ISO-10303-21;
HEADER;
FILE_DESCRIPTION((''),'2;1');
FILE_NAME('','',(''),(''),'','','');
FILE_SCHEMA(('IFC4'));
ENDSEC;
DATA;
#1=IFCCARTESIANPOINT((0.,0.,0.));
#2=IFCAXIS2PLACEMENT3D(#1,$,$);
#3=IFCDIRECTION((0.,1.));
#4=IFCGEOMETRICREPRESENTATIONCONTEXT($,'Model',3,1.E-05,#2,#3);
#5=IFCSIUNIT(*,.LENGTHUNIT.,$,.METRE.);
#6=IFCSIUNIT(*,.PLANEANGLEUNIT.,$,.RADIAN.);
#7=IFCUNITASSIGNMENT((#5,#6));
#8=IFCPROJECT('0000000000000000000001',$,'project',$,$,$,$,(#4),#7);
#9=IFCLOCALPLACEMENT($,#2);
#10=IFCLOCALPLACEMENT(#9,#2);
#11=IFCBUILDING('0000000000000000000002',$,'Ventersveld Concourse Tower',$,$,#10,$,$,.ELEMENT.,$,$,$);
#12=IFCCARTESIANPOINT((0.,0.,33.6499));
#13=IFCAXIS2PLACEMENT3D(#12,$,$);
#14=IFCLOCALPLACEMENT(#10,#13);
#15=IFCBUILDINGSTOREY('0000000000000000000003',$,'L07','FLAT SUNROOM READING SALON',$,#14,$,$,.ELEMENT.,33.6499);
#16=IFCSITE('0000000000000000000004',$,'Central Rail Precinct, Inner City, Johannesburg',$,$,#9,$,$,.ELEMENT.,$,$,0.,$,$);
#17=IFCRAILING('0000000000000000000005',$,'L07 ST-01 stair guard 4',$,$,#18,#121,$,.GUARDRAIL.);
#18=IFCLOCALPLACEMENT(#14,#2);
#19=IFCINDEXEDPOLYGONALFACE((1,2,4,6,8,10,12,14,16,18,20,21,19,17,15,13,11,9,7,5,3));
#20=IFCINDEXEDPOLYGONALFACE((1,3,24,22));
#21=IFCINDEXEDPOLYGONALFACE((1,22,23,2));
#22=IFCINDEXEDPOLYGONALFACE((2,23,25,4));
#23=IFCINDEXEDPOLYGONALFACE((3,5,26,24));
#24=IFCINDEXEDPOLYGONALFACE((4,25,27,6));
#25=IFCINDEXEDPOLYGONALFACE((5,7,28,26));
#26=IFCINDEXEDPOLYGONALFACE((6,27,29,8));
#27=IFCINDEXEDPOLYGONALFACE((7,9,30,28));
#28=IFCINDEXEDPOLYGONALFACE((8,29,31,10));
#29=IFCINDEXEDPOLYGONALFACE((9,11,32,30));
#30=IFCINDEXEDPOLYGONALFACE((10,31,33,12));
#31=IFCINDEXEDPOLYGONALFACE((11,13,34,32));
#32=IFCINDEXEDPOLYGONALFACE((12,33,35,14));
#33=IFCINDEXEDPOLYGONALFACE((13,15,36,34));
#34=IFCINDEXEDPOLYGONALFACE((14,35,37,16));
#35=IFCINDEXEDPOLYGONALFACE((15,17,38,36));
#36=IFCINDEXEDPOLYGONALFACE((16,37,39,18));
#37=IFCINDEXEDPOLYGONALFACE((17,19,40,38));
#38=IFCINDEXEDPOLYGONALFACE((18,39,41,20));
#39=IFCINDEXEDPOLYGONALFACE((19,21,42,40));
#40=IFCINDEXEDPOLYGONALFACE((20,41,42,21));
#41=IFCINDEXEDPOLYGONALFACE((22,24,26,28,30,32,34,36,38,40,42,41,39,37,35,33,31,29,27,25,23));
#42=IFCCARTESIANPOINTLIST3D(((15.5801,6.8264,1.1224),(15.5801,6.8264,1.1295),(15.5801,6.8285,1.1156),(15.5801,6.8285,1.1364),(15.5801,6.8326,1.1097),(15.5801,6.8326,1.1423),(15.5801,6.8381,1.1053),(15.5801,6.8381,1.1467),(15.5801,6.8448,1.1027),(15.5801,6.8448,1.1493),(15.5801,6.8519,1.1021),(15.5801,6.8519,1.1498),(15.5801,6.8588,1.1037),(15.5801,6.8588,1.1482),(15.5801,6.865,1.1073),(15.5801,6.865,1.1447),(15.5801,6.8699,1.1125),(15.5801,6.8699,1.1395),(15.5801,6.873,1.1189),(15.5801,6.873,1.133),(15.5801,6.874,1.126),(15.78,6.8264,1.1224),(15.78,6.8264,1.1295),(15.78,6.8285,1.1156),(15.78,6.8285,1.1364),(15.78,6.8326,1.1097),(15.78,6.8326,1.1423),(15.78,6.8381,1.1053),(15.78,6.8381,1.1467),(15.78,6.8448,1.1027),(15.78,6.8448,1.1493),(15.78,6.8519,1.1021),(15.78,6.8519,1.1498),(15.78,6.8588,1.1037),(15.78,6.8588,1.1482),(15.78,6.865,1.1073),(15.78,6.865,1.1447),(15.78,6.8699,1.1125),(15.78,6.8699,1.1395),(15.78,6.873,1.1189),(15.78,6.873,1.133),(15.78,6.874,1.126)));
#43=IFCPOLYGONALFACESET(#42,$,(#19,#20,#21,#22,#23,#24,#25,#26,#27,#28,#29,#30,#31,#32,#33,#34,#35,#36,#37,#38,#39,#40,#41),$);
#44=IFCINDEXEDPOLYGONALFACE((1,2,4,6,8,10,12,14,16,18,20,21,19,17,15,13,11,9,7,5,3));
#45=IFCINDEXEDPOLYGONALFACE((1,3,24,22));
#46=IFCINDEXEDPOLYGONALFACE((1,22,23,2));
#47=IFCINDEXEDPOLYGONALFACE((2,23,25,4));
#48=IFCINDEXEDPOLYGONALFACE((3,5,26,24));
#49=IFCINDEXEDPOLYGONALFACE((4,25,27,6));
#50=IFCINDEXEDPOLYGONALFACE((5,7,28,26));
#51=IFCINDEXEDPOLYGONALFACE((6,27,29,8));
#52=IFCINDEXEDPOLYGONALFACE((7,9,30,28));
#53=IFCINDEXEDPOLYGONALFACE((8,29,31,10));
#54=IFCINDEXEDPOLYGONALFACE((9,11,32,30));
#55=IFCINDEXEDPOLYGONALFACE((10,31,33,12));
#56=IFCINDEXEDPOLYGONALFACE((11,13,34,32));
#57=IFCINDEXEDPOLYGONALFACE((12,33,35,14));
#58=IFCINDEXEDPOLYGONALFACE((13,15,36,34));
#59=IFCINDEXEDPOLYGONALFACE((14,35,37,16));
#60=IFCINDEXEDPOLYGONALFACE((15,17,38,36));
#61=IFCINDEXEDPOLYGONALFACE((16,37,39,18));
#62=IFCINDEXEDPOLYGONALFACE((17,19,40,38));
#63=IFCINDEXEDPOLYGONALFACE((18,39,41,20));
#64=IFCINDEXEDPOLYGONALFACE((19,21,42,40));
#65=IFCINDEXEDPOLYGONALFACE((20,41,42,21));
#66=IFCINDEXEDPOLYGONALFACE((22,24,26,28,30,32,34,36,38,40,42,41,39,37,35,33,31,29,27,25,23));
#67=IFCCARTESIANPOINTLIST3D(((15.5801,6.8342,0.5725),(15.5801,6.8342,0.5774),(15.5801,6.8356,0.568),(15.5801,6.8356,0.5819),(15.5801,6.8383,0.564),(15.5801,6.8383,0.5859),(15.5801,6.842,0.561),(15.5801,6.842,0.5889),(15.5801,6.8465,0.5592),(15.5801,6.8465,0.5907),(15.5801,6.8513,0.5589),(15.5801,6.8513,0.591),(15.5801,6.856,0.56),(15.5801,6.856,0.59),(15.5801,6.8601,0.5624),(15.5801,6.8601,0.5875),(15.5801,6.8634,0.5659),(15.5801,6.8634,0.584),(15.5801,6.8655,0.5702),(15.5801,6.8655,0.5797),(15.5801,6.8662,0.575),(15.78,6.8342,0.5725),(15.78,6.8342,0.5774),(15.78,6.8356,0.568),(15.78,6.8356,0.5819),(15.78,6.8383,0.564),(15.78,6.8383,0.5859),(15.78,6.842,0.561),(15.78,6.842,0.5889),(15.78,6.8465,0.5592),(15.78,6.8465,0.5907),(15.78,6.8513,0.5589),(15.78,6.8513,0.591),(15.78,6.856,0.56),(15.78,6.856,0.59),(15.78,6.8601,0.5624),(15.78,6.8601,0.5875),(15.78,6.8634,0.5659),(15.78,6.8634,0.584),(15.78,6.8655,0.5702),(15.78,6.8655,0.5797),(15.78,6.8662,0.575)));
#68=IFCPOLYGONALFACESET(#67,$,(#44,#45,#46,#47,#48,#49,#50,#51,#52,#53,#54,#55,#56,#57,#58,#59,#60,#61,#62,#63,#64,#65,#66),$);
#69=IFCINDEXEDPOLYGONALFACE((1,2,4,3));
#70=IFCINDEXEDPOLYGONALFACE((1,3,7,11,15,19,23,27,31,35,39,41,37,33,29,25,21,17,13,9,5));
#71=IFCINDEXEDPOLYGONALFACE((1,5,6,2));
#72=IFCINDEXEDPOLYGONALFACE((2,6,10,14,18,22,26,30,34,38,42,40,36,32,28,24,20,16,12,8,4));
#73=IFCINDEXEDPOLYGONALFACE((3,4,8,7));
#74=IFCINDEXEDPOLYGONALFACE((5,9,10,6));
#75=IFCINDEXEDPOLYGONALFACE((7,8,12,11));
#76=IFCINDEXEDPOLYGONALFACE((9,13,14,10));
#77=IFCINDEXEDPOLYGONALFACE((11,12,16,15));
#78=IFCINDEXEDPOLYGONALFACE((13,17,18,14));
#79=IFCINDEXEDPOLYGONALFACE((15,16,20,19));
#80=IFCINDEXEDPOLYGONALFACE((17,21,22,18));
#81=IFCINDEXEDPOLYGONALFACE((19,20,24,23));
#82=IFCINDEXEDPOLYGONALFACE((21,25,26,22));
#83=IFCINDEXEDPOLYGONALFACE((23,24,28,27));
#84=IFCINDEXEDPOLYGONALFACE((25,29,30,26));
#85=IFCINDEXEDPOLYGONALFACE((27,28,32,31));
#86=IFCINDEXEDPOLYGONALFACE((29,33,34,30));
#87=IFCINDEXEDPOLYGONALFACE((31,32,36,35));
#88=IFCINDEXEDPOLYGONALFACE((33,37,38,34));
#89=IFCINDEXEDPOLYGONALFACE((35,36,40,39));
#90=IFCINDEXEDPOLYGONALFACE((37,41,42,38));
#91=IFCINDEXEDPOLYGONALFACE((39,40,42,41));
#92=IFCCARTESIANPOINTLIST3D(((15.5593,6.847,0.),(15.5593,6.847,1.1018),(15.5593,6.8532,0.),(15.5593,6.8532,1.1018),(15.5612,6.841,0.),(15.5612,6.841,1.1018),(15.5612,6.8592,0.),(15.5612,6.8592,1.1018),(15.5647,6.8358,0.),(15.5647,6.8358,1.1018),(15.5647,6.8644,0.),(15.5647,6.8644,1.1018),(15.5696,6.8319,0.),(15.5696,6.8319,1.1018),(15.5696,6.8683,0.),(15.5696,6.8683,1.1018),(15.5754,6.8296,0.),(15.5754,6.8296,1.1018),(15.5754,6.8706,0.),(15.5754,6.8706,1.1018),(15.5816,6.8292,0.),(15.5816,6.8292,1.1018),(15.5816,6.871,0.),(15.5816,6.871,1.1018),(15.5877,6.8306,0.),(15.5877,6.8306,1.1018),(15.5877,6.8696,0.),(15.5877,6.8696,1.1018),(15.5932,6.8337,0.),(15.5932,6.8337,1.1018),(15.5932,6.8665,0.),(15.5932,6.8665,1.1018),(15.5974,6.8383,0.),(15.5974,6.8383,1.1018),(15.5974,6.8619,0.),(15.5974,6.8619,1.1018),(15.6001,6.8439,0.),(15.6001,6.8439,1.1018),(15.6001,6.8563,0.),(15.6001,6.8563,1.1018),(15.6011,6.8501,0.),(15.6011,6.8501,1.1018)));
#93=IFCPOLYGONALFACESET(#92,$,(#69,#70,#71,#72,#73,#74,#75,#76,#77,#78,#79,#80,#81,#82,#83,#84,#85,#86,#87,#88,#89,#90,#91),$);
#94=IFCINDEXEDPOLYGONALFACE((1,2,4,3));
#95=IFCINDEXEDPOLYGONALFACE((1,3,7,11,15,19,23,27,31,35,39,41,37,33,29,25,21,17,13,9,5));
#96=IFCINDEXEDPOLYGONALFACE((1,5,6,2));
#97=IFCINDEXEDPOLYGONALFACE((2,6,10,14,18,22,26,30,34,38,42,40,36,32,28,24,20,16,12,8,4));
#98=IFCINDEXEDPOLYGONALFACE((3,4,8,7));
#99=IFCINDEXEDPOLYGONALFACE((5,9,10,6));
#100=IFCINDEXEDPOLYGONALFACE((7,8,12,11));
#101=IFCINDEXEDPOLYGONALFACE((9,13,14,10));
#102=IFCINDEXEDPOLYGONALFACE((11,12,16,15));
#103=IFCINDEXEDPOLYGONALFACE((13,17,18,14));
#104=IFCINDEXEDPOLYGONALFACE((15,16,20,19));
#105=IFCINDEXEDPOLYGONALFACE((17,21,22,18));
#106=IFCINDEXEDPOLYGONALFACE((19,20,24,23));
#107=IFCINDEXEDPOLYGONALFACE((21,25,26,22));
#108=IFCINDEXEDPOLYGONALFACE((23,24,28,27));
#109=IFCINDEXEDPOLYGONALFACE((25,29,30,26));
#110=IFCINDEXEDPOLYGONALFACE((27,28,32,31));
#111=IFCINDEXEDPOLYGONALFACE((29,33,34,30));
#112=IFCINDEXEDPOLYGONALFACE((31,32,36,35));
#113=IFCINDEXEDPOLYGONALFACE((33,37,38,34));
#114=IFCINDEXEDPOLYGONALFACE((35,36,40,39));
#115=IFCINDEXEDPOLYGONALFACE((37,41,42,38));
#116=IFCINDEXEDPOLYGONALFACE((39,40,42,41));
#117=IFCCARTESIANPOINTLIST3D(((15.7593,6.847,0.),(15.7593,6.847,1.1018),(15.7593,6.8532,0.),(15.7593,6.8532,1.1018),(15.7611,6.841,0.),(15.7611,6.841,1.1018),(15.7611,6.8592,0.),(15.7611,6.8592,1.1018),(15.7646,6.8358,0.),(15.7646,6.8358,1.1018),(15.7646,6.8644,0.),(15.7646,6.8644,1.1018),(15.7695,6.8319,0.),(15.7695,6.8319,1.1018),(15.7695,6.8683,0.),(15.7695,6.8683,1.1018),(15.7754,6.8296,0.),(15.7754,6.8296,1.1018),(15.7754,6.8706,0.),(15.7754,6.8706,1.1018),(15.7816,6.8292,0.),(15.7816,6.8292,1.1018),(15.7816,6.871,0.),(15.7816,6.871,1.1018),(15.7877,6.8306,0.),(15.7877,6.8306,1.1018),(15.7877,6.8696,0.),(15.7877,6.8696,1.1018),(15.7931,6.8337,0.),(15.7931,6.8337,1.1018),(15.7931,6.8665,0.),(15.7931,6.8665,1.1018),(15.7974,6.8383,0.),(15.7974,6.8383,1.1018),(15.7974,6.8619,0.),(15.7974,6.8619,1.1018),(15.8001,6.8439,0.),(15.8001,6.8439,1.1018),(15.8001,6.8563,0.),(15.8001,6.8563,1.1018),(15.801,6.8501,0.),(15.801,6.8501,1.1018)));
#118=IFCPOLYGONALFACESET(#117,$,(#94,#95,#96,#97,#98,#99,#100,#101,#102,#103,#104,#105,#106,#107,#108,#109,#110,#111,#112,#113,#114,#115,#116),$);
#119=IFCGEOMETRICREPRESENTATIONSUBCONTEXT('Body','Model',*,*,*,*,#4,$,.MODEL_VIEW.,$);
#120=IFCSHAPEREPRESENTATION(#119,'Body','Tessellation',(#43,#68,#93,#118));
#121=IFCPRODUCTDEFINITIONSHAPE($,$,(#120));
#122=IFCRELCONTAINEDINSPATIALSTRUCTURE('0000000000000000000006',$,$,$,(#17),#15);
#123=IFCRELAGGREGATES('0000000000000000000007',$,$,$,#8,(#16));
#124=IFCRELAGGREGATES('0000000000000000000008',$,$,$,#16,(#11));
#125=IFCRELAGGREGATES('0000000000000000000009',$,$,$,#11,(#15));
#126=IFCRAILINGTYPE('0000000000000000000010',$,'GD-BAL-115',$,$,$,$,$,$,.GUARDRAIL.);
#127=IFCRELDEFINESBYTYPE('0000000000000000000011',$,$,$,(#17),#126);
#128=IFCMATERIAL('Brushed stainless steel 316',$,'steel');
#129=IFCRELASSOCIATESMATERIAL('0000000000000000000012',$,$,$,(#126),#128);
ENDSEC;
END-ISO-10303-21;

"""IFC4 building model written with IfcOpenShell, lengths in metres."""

from ifc_helpers import new_model, si_unit, direction, frame, origin, origin_2d, place, context, subcontext, project, spatial, circle, extrude, material, type_object, element, save


model = new_model("IFC4")

# Units and contexts
model_context = context("Model", 3, precision=1e-05, world=origin(), true_north=direction((0.0, 1.0)))
body_context = subcontext(model_context, "Body", "Model", "MODEL_VIEW")
ifc_project = project(units=[si_unit("LENGTHUNIT", "METRE"), si_unit("PLANEANGLEUNIT", "RADIAN")], contexts=[model_context])

# Site, building, storey
site_placement = place(None, origin())
site = spatial("IfcSite", under=ifc_project, at=site_placement, Name="Central Rail Precinct, Inner City, Johannesburg", CompositionType="ELEMENT", RefElevation=0.0)
building_placement = place(site_placement, origin())
building = spatial("IfcBuilding", under=site, at=building_placement, Name="Ventersveld Concourse Tower", CompositionType="ELEMENT")
storey_placement = place(building_placement, frame((0.0, 0.0, 33.6499)))
storey = spatial("IfcBuildingStorey", under=building, at=storey_placement, Name="L07", Description="FLAT SUNROOM READING SALON", CompositionType="ELEMENT", Elevation=33.6499)

# Railing
ifc_material_1 = material(Name="Brushed stainless steel 316", Category="steel")
railing_type_1 = type_object("IfcRailingType", Name="GD-BAL-115", PredefinedType="GUARDRAIL", material=ifc_material_1)
railing_1_placement = place(storey_placement, frame((15.5801, 6.8501, 0.0)))
element("IfcRailing", 1, at=railing_1_placement, inside=storey, type_object=railing_type_1, Name="L07 ST-01 stair guard 4", PredefinedType="GUARDRAIL", context=body_context, shape_type="SweptSolid", body=[
    extrude(circle(Radius=0.0239, at=origin_2d()), frame((0.0, 0.0, 1.126), z_axis=(1.0, 0.0, 0.0), x_axis=(0.0, 1.0, 0.0)), (0.0, 0.0, 1.0), 0.2),
    extrude(circle(Radius=0.0161, at=origin_2d()), frame((0.0, 0.0, 0.575), z_axis=(1.0, 0.0, 0.0), x_axis=(0.0, 1.0, 0.0)), (0.0, 0.0, 1.0), 0.2),
    extrude(circle(Radius=0.021, at=origin_2d()), origin(), (0.0, 0.0, 1.0), 1.1018),
    extrude(circle(Radius=0.021, at=origin_2d()), frame((0.2, 0.0, 0.0)), (0.0, 0.0, 1.0), 1.1018),
])

save(model, "model.ifc")
